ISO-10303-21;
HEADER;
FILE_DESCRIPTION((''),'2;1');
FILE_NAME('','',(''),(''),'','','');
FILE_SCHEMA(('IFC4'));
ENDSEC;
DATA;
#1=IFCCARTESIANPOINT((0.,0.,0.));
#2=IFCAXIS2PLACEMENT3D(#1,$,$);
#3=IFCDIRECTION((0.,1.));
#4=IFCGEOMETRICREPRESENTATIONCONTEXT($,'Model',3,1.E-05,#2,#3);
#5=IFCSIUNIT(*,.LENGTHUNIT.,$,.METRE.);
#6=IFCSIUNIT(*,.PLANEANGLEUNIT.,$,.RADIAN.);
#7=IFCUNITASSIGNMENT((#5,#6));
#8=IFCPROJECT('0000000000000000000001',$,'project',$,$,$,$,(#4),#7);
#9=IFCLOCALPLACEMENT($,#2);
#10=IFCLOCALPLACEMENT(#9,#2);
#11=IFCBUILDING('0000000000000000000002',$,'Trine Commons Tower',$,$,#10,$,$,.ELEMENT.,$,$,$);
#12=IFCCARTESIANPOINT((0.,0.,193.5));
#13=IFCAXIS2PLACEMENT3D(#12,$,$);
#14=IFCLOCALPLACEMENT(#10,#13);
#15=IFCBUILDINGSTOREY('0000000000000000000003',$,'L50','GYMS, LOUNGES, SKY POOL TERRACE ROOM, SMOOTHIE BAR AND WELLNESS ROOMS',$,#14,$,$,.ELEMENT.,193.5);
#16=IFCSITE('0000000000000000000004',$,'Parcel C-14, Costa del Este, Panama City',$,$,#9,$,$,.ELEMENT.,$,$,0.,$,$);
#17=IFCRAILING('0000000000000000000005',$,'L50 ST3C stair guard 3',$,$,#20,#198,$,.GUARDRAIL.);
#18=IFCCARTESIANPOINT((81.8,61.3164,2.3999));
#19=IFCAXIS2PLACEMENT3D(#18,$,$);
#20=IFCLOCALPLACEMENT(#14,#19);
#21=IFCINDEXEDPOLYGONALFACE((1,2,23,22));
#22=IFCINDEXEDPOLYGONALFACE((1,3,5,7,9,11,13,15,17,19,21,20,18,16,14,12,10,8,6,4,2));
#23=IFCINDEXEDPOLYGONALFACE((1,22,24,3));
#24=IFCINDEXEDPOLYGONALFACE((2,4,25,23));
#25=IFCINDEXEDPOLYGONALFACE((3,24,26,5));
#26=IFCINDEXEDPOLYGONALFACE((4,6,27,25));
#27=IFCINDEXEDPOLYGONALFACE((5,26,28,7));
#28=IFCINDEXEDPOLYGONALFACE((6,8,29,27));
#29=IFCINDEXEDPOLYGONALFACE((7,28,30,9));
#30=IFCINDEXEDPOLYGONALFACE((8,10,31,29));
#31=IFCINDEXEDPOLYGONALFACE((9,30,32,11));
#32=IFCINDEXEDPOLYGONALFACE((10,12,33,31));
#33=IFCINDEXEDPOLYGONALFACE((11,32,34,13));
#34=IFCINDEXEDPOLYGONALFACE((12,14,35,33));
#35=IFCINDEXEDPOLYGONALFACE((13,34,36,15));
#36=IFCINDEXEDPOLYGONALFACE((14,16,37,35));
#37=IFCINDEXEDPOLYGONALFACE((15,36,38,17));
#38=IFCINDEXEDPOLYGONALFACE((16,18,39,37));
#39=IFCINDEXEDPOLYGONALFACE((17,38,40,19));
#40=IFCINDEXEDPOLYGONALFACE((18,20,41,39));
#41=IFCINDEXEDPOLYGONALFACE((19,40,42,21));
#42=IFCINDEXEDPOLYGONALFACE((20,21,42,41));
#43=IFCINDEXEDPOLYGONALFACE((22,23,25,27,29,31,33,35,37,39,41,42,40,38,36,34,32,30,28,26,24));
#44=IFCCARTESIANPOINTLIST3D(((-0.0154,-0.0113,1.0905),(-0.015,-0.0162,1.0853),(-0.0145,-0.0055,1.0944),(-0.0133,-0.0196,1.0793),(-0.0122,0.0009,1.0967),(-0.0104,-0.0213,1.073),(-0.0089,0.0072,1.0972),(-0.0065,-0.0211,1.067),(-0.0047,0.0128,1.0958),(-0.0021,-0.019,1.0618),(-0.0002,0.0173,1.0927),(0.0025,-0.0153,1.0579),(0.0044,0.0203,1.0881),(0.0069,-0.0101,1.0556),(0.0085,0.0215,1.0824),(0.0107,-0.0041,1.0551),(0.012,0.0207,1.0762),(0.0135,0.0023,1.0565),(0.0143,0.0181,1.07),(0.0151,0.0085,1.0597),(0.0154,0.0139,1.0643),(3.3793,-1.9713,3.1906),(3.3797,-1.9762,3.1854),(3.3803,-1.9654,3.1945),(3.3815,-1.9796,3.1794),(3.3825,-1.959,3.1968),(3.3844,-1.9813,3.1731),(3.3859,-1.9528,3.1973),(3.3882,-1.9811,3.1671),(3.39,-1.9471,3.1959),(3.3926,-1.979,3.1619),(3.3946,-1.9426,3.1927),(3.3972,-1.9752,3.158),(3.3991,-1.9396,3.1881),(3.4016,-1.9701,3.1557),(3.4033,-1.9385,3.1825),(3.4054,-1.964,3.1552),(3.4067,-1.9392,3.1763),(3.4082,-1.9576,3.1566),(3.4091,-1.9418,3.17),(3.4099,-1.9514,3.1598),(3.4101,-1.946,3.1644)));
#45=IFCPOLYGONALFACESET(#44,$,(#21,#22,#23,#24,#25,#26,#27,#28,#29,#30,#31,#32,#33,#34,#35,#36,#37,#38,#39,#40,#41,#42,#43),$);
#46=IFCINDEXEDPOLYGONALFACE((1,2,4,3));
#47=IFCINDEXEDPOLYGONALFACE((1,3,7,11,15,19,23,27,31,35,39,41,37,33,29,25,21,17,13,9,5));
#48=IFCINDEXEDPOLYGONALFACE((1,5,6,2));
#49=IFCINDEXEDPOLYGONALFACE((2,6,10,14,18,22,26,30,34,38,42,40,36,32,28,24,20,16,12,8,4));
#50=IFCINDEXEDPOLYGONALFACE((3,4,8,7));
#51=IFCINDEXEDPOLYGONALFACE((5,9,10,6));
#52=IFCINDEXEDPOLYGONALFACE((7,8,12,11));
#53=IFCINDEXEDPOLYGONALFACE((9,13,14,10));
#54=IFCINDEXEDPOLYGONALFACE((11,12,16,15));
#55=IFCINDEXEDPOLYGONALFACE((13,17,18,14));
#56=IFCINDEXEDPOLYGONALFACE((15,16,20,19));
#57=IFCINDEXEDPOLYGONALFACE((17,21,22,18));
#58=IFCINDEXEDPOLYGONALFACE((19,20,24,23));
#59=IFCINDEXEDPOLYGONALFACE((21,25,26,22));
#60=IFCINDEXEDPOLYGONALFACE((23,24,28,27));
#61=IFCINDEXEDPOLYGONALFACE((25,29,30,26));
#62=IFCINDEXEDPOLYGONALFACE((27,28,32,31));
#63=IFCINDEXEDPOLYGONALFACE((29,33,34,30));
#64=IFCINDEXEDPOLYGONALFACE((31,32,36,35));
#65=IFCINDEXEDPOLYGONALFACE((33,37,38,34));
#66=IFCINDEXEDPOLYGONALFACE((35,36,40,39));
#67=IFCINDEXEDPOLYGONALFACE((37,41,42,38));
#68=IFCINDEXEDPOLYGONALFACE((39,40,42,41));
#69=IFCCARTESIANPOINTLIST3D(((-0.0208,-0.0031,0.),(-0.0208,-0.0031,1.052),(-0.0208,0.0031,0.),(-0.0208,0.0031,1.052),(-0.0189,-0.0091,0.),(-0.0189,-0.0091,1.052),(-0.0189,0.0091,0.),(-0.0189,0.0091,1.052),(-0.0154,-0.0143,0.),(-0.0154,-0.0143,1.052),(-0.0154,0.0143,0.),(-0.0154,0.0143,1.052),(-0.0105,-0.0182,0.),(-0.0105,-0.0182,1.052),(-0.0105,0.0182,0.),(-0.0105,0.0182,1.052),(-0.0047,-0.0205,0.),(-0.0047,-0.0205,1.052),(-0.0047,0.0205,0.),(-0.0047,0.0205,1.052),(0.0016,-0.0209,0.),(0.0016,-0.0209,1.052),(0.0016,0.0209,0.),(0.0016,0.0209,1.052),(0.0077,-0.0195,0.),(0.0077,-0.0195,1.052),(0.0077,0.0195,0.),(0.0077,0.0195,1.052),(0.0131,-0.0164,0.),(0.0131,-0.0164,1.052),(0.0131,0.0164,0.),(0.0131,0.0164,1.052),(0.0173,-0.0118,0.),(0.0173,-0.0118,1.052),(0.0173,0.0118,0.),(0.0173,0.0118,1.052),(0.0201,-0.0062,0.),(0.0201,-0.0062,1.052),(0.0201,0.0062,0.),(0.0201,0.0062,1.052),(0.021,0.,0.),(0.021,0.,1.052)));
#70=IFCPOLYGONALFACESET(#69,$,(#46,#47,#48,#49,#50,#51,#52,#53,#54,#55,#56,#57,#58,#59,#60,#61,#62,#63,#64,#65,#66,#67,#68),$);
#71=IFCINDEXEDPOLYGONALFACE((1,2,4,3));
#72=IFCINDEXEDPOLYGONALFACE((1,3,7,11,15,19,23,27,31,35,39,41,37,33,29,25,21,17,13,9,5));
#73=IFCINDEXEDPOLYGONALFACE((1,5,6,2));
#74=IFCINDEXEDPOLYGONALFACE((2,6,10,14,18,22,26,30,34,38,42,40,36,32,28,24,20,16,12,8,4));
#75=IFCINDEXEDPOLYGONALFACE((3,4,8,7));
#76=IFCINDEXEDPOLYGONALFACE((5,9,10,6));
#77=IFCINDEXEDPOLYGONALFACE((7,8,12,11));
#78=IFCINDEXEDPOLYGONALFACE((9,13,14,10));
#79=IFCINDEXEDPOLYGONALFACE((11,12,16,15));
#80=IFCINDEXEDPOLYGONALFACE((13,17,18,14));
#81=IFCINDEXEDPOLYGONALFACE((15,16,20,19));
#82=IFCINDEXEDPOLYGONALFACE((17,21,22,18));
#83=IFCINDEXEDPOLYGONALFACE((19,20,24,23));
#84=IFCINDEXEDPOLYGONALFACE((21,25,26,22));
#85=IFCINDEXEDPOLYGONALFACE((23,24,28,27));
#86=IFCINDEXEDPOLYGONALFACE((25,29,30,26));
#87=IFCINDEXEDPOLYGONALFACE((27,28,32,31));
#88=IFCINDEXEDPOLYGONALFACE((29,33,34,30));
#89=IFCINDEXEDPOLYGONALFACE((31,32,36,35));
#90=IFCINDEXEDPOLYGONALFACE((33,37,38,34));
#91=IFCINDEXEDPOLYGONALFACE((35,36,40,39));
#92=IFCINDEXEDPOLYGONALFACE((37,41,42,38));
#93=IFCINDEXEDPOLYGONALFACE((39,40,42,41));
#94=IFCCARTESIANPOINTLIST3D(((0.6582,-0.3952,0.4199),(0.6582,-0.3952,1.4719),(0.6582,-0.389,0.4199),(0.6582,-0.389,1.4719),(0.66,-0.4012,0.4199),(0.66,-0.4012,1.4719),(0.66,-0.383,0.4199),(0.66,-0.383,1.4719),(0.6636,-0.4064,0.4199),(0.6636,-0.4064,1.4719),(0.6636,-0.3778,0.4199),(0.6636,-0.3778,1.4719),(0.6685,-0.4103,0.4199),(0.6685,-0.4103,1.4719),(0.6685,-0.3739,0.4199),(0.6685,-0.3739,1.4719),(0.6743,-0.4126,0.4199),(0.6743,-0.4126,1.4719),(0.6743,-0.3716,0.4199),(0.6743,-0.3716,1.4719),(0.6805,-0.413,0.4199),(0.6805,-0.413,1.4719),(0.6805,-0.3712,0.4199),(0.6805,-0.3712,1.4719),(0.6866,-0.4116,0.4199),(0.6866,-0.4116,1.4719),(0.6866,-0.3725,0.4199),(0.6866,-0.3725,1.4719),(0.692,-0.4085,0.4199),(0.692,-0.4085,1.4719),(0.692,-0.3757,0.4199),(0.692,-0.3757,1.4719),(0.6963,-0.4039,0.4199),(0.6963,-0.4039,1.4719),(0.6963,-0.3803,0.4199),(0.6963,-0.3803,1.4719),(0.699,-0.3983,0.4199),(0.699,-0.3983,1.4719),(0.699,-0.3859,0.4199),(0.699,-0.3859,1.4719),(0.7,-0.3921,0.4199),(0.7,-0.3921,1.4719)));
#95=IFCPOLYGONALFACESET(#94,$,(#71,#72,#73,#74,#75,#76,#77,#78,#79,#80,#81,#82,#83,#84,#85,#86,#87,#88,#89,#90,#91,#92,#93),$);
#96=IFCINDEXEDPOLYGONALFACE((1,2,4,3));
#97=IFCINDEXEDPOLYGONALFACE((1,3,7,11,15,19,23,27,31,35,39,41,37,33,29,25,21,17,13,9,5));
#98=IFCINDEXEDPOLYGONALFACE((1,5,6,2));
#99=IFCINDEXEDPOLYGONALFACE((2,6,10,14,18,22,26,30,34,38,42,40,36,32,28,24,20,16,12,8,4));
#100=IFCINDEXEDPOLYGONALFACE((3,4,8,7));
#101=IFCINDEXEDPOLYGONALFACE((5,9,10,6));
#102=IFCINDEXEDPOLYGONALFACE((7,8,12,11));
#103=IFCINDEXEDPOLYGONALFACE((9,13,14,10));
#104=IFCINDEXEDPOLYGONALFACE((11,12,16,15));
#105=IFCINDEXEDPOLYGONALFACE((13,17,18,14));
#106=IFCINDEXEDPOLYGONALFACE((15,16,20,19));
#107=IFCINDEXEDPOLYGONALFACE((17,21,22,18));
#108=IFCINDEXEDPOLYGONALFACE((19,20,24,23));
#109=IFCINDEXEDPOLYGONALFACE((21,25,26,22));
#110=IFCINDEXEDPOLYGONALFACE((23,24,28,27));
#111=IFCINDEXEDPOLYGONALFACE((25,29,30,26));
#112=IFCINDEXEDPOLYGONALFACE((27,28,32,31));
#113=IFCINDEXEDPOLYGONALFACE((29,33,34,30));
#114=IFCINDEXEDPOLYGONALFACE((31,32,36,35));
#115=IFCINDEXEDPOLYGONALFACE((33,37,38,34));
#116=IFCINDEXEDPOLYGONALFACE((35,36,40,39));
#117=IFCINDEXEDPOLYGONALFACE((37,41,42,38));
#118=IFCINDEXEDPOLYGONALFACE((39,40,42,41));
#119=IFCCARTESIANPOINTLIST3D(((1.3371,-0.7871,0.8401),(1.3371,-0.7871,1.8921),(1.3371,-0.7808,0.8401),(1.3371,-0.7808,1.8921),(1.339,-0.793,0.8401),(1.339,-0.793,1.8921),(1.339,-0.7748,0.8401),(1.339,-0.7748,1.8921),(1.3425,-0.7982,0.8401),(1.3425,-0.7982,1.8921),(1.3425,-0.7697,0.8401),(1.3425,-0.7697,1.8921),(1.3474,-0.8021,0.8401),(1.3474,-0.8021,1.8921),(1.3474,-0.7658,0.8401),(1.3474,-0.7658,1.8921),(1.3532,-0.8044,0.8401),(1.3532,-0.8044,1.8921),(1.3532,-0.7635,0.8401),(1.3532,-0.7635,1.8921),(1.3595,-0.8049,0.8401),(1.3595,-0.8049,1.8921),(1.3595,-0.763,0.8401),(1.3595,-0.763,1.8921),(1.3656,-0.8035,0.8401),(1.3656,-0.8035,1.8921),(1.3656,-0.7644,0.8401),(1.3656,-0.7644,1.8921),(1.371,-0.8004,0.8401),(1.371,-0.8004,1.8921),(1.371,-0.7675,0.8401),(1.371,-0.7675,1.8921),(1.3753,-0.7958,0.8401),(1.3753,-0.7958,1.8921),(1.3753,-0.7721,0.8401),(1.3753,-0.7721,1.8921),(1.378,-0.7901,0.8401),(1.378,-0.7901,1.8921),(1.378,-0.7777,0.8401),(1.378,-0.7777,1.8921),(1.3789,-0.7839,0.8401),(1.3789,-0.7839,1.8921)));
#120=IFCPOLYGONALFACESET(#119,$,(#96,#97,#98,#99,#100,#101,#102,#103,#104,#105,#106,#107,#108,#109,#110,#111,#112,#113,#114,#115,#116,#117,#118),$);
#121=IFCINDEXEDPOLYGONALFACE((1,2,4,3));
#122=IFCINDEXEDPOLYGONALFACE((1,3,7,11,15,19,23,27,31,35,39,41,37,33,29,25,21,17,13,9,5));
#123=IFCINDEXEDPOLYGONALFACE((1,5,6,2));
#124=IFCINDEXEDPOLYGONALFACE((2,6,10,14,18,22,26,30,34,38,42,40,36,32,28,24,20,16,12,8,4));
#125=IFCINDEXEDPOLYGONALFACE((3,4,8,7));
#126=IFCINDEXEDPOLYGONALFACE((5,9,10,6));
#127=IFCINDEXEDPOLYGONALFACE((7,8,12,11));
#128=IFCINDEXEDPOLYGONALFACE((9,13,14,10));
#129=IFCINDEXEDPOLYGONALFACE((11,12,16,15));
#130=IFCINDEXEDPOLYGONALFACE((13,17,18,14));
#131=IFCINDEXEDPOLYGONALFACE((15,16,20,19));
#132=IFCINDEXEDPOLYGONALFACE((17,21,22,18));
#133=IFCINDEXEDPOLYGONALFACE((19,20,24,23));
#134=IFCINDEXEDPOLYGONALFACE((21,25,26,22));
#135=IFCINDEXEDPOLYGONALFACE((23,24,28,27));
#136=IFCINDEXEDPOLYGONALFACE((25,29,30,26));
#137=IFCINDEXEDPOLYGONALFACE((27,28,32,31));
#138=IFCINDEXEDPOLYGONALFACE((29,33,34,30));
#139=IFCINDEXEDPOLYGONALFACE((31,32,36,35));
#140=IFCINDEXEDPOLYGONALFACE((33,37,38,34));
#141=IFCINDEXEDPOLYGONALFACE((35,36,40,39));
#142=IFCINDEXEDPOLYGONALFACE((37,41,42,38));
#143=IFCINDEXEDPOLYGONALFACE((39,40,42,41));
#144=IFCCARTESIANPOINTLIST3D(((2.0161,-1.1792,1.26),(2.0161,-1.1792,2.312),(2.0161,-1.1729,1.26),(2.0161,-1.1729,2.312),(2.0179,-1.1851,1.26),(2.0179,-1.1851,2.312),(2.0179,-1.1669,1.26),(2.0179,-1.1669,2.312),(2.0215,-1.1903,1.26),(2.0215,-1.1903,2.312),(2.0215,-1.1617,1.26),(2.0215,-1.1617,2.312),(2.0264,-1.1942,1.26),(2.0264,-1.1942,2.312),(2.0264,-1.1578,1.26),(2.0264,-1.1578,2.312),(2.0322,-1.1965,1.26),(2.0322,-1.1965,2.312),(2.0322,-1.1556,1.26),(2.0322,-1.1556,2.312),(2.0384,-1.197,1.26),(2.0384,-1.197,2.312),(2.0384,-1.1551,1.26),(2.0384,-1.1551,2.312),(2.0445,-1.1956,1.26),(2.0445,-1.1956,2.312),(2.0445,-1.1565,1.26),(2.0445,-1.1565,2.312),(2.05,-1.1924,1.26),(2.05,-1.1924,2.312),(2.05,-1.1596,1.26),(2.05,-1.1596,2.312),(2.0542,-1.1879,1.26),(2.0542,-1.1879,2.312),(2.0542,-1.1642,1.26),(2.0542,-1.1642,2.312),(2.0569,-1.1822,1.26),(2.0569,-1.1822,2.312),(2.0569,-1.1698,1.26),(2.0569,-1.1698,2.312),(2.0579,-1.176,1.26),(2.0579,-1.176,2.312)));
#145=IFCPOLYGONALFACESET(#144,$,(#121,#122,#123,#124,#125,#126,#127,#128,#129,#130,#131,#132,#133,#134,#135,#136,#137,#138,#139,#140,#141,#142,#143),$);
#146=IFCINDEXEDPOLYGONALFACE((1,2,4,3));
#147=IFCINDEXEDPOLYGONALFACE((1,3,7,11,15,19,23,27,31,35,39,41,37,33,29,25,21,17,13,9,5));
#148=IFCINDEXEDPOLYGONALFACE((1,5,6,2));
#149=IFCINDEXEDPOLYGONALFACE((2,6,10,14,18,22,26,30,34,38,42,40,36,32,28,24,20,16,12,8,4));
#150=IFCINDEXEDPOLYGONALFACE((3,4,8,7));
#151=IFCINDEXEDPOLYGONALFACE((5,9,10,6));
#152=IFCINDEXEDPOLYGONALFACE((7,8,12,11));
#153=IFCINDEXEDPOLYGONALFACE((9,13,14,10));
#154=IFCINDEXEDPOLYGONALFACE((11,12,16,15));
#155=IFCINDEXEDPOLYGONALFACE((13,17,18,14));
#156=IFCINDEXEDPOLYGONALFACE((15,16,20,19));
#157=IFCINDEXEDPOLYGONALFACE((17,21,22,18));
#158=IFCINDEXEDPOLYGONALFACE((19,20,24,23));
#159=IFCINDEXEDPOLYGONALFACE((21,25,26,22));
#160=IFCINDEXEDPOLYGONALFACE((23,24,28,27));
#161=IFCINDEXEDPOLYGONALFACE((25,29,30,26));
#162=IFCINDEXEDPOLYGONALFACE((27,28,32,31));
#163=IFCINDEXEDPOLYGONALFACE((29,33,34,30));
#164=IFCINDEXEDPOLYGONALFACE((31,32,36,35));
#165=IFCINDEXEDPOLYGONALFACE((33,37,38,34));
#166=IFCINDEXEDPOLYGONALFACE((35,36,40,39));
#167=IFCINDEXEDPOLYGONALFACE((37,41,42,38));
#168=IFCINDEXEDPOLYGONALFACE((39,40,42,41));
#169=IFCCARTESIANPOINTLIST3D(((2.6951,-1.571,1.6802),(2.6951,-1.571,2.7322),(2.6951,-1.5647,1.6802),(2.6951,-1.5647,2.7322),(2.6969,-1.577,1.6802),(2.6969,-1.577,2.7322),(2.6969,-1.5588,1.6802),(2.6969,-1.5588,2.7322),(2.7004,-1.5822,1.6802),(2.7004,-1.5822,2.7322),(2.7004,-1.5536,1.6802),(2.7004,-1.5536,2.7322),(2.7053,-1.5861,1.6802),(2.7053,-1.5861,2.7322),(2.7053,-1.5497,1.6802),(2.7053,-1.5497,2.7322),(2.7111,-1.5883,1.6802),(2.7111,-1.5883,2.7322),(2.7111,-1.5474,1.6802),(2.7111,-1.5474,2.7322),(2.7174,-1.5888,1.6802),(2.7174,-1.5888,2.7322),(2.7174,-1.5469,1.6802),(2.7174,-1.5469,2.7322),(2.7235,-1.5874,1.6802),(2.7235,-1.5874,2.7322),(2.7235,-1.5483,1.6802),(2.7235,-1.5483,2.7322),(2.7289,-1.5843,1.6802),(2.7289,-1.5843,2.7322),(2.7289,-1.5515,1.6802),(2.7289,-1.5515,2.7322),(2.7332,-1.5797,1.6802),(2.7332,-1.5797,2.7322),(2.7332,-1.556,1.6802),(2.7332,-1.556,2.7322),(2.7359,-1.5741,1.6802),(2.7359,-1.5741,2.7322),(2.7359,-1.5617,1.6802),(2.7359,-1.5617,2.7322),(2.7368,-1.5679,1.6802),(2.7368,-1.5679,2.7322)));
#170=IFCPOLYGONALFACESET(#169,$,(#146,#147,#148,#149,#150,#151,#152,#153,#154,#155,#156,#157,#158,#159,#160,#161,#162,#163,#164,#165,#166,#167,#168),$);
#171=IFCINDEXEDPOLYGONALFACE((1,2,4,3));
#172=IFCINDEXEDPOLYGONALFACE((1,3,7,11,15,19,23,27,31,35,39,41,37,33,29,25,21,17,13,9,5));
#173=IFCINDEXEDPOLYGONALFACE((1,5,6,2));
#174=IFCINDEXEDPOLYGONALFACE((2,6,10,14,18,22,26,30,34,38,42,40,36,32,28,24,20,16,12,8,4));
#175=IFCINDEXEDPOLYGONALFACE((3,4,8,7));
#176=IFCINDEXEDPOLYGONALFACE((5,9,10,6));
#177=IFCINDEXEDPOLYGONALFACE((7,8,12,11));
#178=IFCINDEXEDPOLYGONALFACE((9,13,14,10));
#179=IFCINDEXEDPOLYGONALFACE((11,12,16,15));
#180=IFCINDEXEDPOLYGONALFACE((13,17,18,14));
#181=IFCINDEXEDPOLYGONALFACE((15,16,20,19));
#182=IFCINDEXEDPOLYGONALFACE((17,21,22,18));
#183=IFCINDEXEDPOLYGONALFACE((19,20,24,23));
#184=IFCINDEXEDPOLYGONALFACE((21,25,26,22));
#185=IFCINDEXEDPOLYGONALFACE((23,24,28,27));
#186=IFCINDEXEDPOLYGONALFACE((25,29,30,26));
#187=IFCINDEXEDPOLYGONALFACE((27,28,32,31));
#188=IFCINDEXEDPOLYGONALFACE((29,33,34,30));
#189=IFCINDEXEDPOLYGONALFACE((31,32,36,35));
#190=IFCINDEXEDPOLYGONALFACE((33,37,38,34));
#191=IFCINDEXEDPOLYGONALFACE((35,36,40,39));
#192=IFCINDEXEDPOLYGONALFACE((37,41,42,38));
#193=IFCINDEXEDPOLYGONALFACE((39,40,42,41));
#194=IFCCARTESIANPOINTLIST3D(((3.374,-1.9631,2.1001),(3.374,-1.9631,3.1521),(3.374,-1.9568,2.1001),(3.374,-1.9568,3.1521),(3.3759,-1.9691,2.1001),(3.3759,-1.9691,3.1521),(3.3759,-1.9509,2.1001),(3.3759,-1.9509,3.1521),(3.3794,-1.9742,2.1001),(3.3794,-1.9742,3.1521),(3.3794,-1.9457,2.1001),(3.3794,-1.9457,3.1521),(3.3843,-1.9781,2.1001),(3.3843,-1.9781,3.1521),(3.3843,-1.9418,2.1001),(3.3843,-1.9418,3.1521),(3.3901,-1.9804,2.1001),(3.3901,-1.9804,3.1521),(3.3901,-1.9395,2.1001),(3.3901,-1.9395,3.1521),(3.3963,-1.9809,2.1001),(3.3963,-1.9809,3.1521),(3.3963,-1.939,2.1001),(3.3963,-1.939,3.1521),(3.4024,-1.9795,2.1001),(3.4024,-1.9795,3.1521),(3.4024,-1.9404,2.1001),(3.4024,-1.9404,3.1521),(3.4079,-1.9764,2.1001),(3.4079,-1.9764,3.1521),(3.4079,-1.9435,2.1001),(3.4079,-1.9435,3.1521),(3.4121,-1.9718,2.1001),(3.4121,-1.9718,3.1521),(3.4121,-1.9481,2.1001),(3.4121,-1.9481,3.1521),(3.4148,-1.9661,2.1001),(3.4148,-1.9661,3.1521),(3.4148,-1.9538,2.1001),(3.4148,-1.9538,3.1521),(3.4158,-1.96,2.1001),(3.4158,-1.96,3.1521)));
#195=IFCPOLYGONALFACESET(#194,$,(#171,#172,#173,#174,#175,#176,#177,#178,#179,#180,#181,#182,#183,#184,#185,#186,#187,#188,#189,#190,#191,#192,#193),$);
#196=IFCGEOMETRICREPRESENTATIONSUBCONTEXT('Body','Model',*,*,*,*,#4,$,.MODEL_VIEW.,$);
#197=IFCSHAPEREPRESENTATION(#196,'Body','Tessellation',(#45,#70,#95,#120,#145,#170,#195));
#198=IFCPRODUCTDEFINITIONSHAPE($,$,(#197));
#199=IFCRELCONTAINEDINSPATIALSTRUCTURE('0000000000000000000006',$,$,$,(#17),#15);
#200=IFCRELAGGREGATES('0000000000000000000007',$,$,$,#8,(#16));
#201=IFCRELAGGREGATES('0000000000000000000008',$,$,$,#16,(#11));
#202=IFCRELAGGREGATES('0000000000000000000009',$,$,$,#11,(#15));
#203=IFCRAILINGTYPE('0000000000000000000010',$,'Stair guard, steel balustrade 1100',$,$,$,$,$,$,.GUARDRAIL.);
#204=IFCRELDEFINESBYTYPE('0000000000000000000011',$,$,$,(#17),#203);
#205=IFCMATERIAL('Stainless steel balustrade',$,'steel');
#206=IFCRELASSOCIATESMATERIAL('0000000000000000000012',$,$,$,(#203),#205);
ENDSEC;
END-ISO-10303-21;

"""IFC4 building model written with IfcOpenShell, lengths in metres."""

from ifc_helpers import new_model, si_unit, direction, frame, origin, origin_2d, place, context, subcontext, project, spatial, circle, extrude, material, type_object, element, save


model = new_model("IFC4")

# Units and contexts
model_context = context("Model", 3, precision=1e-05, world=origin(), true_north=direction((0.0, 1.0)))
body_context = subcontext(model_context, "Body", "Model", "MODEL_VIEW")
ifc_project = project(units=[si_unit("LENGTHUNIT", "METRE"), si_unit("PLANEANGLEUNIT", "RADIAN")], contexts=[model_context])

# Site, building, storey
site_placement = place(None, origin())
site = spatial("IfcSite", under=ifc_project, at=site_placement, Name="Parcel C-14, Costa del Este, Panama City", CompositionType="ELEMENT", RefElevation=0.0)
building_placement = place(site_placement, origin())
building = spatial("IfcBuilding", under=site, at=building_placement, Name="Trine Commons Tower", CompositionType="ELEMENT")
storey_placement = place(building_placement, frame((0.0, 0.0, 193.5)))
storey = spatial("IfcBuildingStorey", under=building, at=storey_placement, Name="L50", Description="GYMS, LOUNGES, SKY POOL TERRACE ROOM, SMOOTHIE BAR AND WELLNESS ROOMS", CompositionType="ELEMENT", Elevation=193.5)

# Railing
ifc_material_1 = material(Name="Stainless steel balustrade", Category="steel")
railing_type_1 = type_object("IfcRailingType", Name="Stair guard, steel balustrade 1100", PredefinedType="GUARDRAIL", material=ifc_material_1)
railing_1_placement = place(storey_placement, frame((81.8, 61.3164, 2.3999)))
element("IfcRailing", 1, at=railing_1_placement, inside=storey, type_object=railing_type_1, Name="L50 ST3C stair guard 3", PredefinedType="GUARDRAIL", context=body_context, shape_type="SweptSolid", body=[
    extrude(circle(Radius=0.0239, at=origin_2d()), frame((0.0, 0.0, 1.0762), z_axis=(0.763375, -0.440732, 0.472244), x_axis=(0.499997, 0.866027, 0.0)), (0.0, 0.0, 1.0), 4.447),
    extrude(circle(Radius=0.021, at=origin_2d()), origin(), (0.0, 0.0, 1.0), 1.052),
    extrude(circle(Radius=0.021, at=origin_2d()), frame((0.679, -0.3921, 0.4199)), (0.0, 0.0, 1.0), 1.052),
    extrude(circle(Radius=0.021, at=origin_2d()), frame((1.3579, -0.7839, 0.8401)), (0.0, 0.0, 1.0), 1.052),
    extrude(circle(Radius=0.021, at=origin_2d()), frame((2.0369, -1.176, 1.26)), (0.0, 0.0, 1.0), 1.052),
    extrude(circle(Radius=0.021, at=origin_2d()), frame((2.7158, -1.5679, 1.6802)), (0.0, 0.0, 1.0), 1.052),
    extrude(circle(Radius=0.021, at=origin_2d()), frame((3.3948, -1.96, 2.1001)), (0.0, 0.0, 1.0), 1.052),
])

save(model, "model.ifc")
